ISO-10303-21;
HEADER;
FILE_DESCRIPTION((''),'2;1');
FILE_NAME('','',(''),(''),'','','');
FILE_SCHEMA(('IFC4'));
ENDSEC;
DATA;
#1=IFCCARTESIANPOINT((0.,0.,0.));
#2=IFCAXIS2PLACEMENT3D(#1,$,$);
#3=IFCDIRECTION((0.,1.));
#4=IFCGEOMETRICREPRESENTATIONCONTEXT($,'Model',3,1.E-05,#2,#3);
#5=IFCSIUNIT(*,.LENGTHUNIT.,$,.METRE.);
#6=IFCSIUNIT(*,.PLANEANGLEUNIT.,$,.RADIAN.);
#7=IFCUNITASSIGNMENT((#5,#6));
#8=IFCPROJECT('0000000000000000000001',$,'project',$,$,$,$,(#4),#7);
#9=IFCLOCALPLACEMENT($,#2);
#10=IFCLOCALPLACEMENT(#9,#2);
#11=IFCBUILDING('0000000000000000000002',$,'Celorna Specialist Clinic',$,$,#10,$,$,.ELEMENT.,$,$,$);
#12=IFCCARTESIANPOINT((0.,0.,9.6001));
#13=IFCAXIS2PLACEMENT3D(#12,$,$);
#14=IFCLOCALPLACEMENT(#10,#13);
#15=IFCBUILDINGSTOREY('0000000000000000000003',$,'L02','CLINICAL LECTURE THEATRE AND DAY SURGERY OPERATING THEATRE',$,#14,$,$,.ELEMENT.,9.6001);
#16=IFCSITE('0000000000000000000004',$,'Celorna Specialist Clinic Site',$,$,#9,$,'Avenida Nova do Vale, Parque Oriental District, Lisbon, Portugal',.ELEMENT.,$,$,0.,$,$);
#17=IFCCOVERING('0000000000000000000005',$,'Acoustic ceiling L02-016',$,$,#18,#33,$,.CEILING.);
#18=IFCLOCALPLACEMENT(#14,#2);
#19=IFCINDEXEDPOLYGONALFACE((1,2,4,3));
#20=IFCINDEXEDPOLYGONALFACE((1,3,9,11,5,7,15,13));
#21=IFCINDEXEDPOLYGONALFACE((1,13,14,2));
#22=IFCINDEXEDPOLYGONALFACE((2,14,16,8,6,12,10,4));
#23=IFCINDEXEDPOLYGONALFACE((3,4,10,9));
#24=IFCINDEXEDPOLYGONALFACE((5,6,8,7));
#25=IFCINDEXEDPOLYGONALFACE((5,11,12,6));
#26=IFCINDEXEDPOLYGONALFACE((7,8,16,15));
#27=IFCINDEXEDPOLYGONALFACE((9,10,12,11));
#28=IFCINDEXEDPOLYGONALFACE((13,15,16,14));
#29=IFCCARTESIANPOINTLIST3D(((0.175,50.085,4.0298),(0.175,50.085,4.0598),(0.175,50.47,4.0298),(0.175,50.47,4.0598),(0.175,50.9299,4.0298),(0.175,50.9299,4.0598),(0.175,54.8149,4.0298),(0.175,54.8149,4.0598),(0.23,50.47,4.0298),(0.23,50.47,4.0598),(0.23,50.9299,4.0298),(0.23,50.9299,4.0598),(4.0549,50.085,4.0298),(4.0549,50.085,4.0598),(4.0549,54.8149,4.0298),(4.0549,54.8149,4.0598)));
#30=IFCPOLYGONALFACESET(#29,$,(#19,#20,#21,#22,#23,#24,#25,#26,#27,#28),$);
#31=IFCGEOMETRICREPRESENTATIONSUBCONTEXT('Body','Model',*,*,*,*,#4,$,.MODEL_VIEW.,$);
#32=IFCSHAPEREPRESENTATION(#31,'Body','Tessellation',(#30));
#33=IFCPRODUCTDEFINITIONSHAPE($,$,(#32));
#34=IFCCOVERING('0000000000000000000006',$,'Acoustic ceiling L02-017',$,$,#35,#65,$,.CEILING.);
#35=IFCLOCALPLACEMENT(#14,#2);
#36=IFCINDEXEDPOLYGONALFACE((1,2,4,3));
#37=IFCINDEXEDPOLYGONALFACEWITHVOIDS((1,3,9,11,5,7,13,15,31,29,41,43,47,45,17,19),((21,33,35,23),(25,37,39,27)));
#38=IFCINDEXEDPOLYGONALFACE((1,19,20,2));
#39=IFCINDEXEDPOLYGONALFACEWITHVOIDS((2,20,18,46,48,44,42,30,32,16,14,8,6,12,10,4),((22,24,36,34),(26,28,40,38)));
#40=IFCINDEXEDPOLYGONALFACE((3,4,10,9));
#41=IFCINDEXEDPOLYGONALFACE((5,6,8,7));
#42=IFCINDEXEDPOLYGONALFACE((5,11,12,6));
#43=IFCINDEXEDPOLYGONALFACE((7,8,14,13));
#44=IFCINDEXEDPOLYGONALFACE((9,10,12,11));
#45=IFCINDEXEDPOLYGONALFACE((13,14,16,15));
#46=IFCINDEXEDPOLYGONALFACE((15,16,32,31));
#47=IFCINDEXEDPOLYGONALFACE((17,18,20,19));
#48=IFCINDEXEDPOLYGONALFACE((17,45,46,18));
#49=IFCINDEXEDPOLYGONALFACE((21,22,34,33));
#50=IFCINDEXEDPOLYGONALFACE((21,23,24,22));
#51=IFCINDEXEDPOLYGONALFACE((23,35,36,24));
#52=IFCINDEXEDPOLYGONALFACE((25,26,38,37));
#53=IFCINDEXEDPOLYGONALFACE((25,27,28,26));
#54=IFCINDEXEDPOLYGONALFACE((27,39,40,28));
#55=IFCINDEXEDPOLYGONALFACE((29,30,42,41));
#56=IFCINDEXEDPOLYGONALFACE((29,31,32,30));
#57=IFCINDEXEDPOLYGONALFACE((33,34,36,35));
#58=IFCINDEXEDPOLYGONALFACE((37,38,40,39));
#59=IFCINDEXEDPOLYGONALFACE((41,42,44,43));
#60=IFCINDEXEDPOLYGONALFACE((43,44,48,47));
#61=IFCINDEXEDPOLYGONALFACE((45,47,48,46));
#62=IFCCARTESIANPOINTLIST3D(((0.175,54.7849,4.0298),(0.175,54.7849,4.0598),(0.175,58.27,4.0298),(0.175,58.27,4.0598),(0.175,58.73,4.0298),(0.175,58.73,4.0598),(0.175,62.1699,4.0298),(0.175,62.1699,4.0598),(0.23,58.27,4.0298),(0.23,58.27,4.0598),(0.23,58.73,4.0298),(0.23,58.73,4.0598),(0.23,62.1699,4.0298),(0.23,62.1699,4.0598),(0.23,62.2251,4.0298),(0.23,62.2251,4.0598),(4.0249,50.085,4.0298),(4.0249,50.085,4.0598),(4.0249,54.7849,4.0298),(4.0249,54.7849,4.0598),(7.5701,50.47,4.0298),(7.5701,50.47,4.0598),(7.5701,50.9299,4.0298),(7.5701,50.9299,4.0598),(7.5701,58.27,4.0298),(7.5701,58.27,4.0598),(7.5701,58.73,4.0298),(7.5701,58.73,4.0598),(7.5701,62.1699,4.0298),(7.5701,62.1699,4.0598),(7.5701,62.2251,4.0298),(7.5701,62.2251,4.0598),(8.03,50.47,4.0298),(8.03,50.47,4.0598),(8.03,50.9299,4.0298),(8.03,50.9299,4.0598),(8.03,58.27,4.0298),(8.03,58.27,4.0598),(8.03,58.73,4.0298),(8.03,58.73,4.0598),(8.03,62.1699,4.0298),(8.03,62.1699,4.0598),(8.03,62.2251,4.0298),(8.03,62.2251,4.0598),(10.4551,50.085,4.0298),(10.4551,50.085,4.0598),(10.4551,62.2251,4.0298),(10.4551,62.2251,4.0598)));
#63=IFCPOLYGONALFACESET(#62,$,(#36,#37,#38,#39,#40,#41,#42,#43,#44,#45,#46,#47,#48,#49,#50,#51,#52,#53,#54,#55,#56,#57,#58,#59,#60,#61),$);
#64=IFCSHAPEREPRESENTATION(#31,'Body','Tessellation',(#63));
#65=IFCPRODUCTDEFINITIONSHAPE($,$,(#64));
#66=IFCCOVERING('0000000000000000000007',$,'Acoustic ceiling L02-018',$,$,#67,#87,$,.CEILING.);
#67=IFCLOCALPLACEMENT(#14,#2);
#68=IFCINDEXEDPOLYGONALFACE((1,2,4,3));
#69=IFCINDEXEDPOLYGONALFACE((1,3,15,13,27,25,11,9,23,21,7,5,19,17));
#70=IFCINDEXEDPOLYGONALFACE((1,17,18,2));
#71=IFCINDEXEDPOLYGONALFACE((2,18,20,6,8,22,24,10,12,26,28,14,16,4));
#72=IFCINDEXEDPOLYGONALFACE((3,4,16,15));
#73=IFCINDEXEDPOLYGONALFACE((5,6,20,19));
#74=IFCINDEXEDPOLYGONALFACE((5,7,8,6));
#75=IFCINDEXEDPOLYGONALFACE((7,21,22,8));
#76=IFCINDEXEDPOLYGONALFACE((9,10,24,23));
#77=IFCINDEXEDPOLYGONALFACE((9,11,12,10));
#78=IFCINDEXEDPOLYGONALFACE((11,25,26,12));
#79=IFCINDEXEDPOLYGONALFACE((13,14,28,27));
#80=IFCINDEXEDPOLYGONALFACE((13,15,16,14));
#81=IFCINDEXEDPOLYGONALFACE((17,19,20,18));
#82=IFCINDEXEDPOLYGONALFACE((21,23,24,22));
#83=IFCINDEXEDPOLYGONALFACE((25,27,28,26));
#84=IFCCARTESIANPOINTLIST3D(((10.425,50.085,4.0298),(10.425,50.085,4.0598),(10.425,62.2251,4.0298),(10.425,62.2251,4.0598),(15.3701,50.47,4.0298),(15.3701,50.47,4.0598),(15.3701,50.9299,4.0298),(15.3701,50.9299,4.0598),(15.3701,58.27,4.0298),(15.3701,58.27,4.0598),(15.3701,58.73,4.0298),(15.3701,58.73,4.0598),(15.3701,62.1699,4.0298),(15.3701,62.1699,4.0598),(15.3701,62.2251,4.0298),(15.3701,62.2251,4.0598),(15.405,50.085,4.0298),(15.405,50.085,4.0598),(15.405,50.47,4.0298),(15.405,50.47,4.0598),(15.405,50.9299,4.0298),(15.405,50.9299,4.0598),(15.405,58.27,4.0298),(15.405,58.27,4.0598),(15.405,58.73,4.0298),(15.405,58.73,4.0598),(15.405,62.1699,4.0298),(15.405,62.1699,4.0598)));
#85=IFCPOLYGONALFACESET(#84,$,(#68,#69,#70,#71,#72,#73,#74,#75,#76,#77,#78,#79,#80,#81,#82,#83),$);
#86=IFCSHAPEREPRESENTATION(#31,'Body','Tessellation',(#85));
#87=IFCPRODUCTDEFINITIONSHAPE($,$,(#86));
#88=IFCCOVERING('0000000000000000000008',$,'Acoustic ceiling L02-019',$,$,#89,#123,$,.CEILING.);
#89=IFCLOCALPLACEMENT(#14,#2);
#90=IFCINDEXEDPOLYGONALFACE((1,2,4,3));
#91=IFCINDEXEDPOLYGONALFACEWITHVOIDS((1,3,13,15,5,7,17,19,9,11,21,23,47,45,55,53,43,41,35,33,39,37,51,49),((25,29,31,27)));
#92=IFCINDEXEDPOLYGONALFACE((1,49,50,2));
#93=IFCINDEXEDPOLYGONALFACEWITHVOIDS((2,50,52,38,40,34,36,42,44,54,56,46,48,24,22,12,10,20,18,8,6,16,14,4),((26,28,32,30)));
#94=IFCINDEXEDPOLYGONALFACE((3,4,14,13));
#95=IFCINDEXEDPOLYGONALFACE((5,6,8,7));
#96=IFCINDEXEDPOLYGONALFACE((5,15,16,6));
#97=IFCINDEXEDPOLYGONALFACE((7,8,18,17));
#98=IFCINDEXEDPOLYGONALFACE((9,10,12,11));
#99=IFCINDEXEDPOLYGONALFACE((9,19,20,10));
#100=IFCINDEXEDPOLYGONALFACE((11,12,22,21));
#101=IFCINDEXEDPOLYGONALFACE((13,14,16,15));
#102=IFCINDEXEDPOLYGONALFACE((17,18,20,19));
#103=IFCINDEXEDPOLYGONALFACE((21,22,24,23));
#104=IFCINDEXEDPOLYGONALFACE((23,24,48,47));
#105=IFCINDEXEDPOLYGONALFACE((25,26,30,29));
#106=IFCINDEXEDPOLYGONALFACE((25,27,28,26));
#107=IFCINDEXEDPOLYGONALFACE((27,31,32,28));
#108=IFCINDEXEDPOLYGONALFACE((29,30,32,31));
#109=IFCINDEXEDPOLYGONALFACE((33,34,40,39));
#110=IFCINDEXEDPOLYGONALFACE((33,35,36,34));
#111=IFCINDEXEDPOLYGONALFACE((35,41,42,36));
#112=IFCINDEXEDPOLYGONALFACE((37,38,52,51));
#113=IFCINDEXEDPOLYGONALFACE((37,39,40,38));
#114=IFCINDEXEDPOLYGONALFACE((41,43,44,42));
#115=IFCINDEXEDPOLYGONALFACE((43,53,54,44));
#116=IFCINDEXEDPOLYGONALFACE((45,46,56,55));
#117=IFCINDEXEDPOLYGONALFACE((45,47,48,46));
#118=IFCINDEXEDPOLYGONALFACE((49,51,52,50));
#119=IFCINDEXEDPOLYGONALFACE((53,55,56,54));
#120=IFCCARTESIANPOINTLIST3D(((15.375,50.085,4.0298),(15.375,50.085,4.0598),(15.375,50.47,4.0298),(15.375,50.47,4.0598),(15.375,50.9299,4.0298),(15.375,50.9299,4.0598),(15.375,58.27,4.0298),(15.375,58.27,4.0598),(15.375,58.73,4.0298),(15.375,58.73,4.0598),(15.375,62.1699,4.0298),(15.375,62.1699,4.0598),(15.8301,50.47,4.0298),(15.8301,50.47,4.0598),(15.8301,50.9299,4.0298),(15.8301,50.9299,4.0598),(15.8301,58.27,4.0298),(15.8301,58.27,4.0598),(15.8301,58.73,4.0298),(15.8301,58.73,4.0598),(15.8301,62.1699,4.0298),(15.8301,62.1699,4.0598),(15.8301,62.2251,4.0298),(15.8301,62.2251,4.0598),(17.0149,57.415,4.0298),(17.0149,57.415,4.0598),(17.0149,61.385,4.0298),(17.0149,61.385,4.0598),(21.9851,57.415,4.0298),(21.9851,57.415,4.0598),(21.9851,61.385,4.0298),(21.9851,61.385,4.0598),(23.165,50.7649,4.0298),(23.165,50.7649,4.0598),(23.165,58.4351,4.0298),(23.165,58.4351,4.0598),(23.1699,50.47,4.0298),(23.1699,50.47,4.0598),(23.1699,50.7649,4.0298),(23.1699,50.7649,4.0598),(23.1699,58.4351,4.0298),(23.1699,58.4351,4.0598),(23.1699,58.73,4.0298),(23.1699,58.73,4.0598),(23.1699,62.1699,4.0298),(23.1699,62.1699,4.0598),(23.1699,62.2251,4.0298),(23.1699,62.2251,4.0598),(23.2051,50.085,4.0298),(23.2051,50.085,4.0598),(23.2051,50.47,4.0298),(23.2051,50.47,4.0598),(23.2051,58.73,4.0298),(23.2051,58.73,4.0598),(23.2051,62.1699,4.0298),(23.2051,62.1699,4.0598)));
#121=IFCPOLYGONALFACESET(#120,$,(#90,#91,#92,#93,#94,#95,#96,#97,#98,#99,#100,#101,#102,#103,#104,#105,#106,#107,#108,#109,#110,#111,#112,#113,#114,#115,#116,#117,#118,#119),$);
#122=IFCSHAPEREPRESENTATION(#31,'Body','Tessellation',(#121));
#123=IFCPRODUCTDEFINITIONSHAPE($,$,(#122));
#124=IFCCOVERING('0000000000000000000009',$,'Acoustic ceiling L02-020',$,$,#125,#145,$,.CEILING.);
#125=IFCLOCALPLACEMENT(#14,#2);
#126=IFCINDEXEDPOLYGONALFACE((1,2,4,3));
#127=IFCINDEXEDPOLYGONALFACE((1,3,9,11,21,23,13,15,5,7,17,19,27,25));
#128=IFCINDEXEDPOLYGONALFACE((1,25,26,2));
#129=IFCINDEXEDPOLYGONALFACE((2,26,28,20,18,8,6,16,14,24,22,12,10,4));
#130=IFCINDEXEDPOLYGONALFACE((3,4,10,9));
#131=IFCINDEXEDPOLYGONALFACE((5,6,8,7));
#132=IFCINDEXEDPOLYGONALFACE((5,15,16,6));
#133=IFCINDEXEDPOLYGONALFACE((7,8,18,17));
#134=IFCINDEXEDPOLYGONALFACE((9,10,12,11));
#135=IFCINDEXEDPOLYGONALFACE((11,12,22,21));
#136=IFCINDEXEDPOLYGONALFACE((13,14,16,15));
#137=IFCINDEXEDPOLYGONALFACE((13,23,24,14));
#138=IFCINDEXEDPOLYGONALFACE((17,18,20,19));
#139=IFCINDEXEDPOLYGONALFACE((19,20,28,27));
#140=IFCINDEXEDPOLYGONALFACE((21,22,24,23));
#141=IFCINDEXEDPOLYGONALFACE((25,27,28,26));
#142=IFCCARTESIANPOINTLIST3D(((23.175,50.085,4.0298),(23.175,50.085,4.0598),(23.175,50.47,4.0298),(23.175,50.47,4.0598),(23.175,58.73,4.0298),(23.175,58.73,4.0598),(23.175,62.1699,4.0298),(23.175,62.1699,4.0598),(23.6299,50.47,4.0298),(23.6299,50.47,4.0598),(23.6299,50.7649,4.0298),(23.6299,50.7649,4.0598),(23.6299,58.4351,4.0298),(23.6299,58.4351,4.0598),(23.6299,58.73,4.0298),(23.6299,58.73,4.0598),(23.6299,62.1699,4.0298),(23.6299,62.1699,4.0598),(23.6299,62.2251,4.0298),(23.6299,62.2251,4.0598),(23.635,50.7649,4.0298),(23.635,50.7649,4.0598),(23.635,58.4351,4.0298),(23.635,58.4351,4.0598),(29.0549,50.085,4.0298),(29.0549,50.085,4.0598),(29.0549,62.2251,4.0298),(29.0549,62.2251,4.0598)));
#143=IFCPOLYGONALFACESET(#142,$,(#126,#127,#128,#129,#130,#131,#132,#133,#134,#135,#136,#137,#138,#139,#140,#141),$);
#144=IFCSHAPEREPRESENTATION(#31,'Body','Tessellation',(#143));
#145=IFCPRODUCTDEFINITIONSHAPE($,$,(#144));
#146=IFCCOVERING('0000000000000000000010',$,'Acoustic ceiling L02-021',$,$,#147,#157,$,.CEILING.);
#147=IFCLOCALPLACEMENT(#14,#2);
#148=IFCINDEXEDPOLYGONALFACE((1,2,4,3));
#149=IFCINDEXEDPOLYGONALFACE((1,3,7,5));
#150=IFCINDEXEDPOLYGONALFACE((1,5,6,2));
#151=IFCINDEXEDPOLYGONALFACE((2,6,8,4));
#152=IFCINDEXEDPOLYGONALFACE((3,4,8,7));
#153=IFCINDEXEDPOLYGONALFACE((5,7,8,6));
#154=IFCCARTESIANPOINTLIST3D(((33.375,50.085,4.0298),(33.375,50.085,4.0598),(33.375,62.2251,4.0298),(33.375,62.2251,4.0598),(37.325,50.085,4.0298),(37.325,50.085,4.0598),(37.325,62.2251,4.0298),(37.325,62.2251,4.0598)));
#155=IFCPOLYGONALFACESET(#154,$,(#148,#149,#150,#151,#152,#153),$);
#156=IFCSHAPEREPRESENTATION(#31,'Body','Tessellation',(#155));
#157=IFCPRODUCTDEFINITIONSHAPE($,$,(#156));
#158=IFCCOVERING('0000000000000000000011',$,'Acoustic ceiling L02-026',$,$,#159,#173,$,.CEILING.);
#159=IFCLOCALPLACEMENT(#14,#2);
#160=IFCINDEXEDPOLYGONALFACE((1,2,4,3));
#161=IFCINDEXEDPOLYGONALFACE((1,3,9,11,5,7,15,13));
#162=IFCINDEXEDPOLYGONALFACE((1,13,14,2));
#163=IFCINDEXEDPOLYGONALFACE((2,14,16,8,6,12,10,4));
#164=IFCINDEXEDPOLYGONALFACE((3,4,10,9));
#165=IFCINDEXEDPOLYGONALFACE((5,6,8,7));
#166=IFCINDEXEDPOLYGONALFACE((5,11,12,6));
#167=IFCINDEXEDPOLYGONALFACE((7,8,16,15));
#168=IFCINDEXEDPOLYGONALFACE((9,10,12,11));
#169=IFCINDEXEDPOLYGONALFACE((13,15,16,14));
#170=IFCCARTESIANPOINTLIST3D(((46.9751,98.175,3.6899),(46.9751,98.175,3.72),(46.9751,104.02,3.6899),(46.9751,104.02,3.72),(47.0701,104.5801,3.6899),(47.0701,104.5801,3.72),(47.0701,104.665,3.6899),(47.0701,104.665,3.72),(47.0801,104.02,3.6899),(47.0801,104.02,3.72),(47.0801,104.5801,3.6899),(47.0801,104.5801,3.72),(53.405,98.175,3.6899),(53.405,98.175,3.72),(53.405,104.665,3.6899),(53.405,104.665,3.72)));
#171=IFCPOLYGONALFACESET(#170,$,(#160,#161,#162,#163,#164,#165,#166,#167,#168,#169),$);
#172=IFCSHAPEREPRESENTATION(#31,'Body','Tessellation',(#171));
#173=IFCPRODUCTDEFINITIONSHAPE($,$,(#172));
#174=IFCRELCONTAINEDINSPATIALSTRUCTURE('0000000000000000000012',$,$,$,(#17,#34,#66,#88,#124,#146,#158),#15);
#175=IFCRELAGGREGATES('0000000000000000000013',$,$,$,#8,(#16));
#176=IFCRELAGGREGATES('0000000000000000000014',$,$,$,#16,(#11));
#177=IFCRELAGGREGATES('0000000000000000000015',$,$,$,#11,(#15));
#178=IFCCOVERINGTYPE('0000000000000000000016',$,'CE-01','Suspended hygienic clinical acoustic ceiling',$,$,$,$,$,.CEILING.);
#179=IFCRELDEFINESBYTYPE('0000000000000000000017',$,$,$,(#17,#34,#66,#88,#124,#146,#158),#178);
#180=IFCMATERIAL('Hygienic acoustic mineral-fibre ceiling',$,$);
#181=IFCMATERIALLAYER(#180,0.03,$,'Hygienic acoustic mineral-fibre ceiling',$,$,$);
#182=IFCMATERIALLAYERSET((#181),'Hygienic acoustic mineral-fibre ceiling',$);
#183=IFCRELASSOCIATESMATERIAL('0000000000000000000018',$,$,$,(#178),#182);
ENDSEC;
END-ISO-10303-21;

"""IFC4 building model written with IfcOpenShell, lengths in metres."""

from ifc_helpers import new_model, si_unit, direction, frame, origin, place, context, subcontext, project, spatial, polyline, outline, extrude, material, layer, layer_set, type_object, element, save


model = new_model("IFC4")

# Units and contexts
model_context = context("Model", 3, precision=1e-05, world=origin(), true_north=direction((0.0, 1.0)))
body_context = subcontext(model_context, "Body", "Model", "MODEL_VIEW")
ifc_project = project(units=[si_unit("LENGTHUNIT", "METRE"), si_unit("PLANEANGLEUNIT", "RADIAN")], contexts=[model_context])

# Site, building, storey
site_placement = place(None, origin())
site = spatial("IfcSite", under=ifc_project, at=site_placement, Name="Celorna Specialist Clinic Site", LongName="Avenida Nova do Vale, Parque Oriental District, Lisbon, Portugal", CompositionType="ELEMENT", RefElevation=0.0)
building_placement = place(site_placement, origin())
building = spatial("IfcBuilding", under=site, at=building_placement, Name="Celorna Specialist Clinic", CompositionType="ELEMENT")
storey_placement = place(building_placement, frame((0.0, 0.0, 9.6001)))
storey = spatial("IfcBuildingStorey", under=building, at=storey_placement, Name="L02", Description="CLINICAL LECTURE THEATRE AND DAY SURGERY OPERATING THEATRE", CompositionType="ELEMENT", Elevation=9.6001)

# Coverings
ifc_material_1 = material(Name="Hygienic acoustic mineral-fibre ceiling")
ifc_layer_1 = layer(ifc_material_1, 0.03, Name="Hygienic acoustic mineral-fibre ceiling")
ifc_layer_set_1 = layer_set([ifc_layer_1], Name="Hygienic acoustic mineral-fibre ceiling")
covering_type_1 = type_object("IfcCoveringType", Name="CE-01", Description="Suspended hygienic clinical acoustic ceiling", PredefinedType="CEILING", material=ifc_layer_set_1)
covering_1_placement = place(storey_placement, frame((0.0, 0.0, 4.0298)))
element("IfcCovering", 1, at=covering_1_placement, inside=storey, type_object=covering_type_1, Name="Acoustic ceiling L02-016", PredefinedType="CEILING", context=body_context, shape_type="SweptSolid", body=[
    extrude(outline(polyline([(0.175, 54.8149), (4.0549, 54.8149), (4.0549, 50.085), (0.175, 50.085), (0.175, 50.47), (0.23, 50.47), (0.23, 50.9299), (0.175, 50.9299), (0.175, 54.8149)])), origin(), (0.0, 0.0, 1.0), 0.03),
])
covering_2_placement = place(storey_placement, frame((0.0, 0.0, 4.0298)))
element("IfcCovering", 2, at=covering_2_placement, inside=storey, type_object=covering_type_1, Name="Acoustic ceiling L02-017", PredefinedType="CEILING", context=body_context, shape_type="SweptSolid", body=[
    extrude(outline(polyline([(7.5701, 62.2251), (7.5701, 62.1699), (8.03, 62.1699), (8.03, 62.2251), (10.4551, 62.2251), (10.4551, 50.085), (4.0249, 50.085), (4.0249, 54.7849), (0.175, 54.7849), (0.175, 58.27), (0.23, 58.27), (0.23, 58.73), (0.175, 58.73), (0.175, 62.1699), (0.23, 62.1699), (0.23, 62.2251), (7.5701, 62.2251)]), holes=[polyline([(8.03, 50.9299), (7.5701, 50.9299), (7.5701, 50.47), (8.03, 50.47), (8.03, 50.9299)]), polyline([(8.03, 58.73), (7.5701, 58.73), (7.5701, 58.27), (8.03, 58.27), (8.03, 58.73)])]), origin(), (0.0, 0.0, 1.0), 0.03),
])
covering_3_placement = place(storey_placement, frame((0.0, 0.0, 4.0298)))
element("IfcCovering", 3, at=covering_3_placement, inside=storey, type_object=covering_type_1, Name="Acoustic ceiling L02-018", PredefinedType="CEILING", context=body_context, shape_type="SweptSolid", body=[
    extrude(outline(polyline([(15.3701, 62.2251), (15.3701, 62.1699), (15.405, 62.1699), (15.405, 58.73), (15.3701, 58.73), (15.3701, 58.27), (15.405, 58.27), (15.405, 50.9299), (15.3701, 50.9299), (15.3701, 50.47), (15.405, 50.47), (15.405, 50.085), (10.425, 50.085), (10.425, 62.2251), (15.3701, 62.2251)])), origin(), (0.0, 0.0, 1.0), 0.03),
])
covering_4_placement = place(storey_placement, frame((0.0, 0.0, 4.0298)))
element("IfcCovering", 4, at=covering_4_placement, inside=storey, type_object=covering_type_1, Name="Acoustic ceiling L02-019", PredefinedType="CEILING", context=body_context, shape_type="SweptSolid", body=[
    extrude(outline(polyline([(15.375, 50.47), (15.8301, 50.47), (15.8301, 50.9299), (15.375, 50.9299), (15.375, 58.27), (15.8301, 58.27), (15.8301, 58.73), (15.375, 58.73), (15.375, 62.1699), (15.8301, 62.1699), (15.8301, 62.2251), (23.1699, 62.2251), (23.1699, 62.1699), (23.2051, 62.1699), (23.2051, 58.73), (23.1699, 58.73), (23.1699, 58.4351), (23.165, 58.4351), (23.165, 50.7649), (23.1699, 50.7649), (23.1699, 50.47), (23.2051, 50.47), (23.2051, 50.085), (15.375, 50.085), (15.375, 50.47)]), holes=[polyline([(21.9851, 61.385), (17.0149, 61.385), (17.0149, 57.415), (21.9851, 57.415), (21.9851, 61.385)])]), origin(), (0.0, 0.0, 1.0), 0.03),
])
covering_5_placement = place(storey_placement, frame((0.0, 0.0, 4.0298)))
element("IfcCovering", 5, at=covering_5_placement, inside=storey, type_object=covering_type_1, Name="Acoustic ceiling L02-020", PredefinedType="CEILING", context=body_context, shape_type="SweptSolid", body=[
    extrude(outline(polyline([(23.635, 50.7649), (23.635, 58.4351), (23.6299, 58.4351), (23.6299, 58.73), (23.175, 58.73), (23.175, 62.1699), (23.6299, 62.1699), (23.6299, 62.2251), (29.0549, 62.2251), (29.0549, 50.085), (23.175, 50.085), (23.175, 50.47), (23.6299, 50.47), (23.6299, 50.7649), (23.635, 50.7649)])), origin(), (0.0, 0.0, 1.0), 0.03),
])
covering_6_placement = place(storey_placement, frame((0.0, 0.0, 4.0298)))
element("IfcCovering", 6, at=covering_6_placement, inside=storey, type_object=covering_type_1, Name="Acoustic ceiling L02-021", PredefinedType="CEILING", context=body_context, shape_type="SweptSolid", body=[
    extrude(outline(polyline([(37.325, 62.2251), (37.325, 50.085), (33.375, 50.085), (33.375, 62.2251), (37.325, 62.2251)])), origin(), (0.0, 0.0, 1.0), 0.03),
])
covering_7_placement = place(storey_placement, frame((0.0, 0.0, 3.6899)))
element("IfcCovering", 7, at=covering_7_placement, inside=storey, type_object=covering_type_1, Name="Acoustic ceiling L02-026", PredefinedType="CEILING", context=body_context, shape_type="SweptSolid", body=[
    extrude(outline(polyline([(53.405, 104.665), (53.405, 98.175), (46.9751, 98.175), (46.9751, 104.02), (47.0801, 104.02), (47.0801, 104.5801), (47.0701, 104.5801), (47.0701, 104.665), (53.405, 104.665)])), origin(), (0.0, 0.0, 1.0), 0.03),
])

save(model, "model.ifc")
